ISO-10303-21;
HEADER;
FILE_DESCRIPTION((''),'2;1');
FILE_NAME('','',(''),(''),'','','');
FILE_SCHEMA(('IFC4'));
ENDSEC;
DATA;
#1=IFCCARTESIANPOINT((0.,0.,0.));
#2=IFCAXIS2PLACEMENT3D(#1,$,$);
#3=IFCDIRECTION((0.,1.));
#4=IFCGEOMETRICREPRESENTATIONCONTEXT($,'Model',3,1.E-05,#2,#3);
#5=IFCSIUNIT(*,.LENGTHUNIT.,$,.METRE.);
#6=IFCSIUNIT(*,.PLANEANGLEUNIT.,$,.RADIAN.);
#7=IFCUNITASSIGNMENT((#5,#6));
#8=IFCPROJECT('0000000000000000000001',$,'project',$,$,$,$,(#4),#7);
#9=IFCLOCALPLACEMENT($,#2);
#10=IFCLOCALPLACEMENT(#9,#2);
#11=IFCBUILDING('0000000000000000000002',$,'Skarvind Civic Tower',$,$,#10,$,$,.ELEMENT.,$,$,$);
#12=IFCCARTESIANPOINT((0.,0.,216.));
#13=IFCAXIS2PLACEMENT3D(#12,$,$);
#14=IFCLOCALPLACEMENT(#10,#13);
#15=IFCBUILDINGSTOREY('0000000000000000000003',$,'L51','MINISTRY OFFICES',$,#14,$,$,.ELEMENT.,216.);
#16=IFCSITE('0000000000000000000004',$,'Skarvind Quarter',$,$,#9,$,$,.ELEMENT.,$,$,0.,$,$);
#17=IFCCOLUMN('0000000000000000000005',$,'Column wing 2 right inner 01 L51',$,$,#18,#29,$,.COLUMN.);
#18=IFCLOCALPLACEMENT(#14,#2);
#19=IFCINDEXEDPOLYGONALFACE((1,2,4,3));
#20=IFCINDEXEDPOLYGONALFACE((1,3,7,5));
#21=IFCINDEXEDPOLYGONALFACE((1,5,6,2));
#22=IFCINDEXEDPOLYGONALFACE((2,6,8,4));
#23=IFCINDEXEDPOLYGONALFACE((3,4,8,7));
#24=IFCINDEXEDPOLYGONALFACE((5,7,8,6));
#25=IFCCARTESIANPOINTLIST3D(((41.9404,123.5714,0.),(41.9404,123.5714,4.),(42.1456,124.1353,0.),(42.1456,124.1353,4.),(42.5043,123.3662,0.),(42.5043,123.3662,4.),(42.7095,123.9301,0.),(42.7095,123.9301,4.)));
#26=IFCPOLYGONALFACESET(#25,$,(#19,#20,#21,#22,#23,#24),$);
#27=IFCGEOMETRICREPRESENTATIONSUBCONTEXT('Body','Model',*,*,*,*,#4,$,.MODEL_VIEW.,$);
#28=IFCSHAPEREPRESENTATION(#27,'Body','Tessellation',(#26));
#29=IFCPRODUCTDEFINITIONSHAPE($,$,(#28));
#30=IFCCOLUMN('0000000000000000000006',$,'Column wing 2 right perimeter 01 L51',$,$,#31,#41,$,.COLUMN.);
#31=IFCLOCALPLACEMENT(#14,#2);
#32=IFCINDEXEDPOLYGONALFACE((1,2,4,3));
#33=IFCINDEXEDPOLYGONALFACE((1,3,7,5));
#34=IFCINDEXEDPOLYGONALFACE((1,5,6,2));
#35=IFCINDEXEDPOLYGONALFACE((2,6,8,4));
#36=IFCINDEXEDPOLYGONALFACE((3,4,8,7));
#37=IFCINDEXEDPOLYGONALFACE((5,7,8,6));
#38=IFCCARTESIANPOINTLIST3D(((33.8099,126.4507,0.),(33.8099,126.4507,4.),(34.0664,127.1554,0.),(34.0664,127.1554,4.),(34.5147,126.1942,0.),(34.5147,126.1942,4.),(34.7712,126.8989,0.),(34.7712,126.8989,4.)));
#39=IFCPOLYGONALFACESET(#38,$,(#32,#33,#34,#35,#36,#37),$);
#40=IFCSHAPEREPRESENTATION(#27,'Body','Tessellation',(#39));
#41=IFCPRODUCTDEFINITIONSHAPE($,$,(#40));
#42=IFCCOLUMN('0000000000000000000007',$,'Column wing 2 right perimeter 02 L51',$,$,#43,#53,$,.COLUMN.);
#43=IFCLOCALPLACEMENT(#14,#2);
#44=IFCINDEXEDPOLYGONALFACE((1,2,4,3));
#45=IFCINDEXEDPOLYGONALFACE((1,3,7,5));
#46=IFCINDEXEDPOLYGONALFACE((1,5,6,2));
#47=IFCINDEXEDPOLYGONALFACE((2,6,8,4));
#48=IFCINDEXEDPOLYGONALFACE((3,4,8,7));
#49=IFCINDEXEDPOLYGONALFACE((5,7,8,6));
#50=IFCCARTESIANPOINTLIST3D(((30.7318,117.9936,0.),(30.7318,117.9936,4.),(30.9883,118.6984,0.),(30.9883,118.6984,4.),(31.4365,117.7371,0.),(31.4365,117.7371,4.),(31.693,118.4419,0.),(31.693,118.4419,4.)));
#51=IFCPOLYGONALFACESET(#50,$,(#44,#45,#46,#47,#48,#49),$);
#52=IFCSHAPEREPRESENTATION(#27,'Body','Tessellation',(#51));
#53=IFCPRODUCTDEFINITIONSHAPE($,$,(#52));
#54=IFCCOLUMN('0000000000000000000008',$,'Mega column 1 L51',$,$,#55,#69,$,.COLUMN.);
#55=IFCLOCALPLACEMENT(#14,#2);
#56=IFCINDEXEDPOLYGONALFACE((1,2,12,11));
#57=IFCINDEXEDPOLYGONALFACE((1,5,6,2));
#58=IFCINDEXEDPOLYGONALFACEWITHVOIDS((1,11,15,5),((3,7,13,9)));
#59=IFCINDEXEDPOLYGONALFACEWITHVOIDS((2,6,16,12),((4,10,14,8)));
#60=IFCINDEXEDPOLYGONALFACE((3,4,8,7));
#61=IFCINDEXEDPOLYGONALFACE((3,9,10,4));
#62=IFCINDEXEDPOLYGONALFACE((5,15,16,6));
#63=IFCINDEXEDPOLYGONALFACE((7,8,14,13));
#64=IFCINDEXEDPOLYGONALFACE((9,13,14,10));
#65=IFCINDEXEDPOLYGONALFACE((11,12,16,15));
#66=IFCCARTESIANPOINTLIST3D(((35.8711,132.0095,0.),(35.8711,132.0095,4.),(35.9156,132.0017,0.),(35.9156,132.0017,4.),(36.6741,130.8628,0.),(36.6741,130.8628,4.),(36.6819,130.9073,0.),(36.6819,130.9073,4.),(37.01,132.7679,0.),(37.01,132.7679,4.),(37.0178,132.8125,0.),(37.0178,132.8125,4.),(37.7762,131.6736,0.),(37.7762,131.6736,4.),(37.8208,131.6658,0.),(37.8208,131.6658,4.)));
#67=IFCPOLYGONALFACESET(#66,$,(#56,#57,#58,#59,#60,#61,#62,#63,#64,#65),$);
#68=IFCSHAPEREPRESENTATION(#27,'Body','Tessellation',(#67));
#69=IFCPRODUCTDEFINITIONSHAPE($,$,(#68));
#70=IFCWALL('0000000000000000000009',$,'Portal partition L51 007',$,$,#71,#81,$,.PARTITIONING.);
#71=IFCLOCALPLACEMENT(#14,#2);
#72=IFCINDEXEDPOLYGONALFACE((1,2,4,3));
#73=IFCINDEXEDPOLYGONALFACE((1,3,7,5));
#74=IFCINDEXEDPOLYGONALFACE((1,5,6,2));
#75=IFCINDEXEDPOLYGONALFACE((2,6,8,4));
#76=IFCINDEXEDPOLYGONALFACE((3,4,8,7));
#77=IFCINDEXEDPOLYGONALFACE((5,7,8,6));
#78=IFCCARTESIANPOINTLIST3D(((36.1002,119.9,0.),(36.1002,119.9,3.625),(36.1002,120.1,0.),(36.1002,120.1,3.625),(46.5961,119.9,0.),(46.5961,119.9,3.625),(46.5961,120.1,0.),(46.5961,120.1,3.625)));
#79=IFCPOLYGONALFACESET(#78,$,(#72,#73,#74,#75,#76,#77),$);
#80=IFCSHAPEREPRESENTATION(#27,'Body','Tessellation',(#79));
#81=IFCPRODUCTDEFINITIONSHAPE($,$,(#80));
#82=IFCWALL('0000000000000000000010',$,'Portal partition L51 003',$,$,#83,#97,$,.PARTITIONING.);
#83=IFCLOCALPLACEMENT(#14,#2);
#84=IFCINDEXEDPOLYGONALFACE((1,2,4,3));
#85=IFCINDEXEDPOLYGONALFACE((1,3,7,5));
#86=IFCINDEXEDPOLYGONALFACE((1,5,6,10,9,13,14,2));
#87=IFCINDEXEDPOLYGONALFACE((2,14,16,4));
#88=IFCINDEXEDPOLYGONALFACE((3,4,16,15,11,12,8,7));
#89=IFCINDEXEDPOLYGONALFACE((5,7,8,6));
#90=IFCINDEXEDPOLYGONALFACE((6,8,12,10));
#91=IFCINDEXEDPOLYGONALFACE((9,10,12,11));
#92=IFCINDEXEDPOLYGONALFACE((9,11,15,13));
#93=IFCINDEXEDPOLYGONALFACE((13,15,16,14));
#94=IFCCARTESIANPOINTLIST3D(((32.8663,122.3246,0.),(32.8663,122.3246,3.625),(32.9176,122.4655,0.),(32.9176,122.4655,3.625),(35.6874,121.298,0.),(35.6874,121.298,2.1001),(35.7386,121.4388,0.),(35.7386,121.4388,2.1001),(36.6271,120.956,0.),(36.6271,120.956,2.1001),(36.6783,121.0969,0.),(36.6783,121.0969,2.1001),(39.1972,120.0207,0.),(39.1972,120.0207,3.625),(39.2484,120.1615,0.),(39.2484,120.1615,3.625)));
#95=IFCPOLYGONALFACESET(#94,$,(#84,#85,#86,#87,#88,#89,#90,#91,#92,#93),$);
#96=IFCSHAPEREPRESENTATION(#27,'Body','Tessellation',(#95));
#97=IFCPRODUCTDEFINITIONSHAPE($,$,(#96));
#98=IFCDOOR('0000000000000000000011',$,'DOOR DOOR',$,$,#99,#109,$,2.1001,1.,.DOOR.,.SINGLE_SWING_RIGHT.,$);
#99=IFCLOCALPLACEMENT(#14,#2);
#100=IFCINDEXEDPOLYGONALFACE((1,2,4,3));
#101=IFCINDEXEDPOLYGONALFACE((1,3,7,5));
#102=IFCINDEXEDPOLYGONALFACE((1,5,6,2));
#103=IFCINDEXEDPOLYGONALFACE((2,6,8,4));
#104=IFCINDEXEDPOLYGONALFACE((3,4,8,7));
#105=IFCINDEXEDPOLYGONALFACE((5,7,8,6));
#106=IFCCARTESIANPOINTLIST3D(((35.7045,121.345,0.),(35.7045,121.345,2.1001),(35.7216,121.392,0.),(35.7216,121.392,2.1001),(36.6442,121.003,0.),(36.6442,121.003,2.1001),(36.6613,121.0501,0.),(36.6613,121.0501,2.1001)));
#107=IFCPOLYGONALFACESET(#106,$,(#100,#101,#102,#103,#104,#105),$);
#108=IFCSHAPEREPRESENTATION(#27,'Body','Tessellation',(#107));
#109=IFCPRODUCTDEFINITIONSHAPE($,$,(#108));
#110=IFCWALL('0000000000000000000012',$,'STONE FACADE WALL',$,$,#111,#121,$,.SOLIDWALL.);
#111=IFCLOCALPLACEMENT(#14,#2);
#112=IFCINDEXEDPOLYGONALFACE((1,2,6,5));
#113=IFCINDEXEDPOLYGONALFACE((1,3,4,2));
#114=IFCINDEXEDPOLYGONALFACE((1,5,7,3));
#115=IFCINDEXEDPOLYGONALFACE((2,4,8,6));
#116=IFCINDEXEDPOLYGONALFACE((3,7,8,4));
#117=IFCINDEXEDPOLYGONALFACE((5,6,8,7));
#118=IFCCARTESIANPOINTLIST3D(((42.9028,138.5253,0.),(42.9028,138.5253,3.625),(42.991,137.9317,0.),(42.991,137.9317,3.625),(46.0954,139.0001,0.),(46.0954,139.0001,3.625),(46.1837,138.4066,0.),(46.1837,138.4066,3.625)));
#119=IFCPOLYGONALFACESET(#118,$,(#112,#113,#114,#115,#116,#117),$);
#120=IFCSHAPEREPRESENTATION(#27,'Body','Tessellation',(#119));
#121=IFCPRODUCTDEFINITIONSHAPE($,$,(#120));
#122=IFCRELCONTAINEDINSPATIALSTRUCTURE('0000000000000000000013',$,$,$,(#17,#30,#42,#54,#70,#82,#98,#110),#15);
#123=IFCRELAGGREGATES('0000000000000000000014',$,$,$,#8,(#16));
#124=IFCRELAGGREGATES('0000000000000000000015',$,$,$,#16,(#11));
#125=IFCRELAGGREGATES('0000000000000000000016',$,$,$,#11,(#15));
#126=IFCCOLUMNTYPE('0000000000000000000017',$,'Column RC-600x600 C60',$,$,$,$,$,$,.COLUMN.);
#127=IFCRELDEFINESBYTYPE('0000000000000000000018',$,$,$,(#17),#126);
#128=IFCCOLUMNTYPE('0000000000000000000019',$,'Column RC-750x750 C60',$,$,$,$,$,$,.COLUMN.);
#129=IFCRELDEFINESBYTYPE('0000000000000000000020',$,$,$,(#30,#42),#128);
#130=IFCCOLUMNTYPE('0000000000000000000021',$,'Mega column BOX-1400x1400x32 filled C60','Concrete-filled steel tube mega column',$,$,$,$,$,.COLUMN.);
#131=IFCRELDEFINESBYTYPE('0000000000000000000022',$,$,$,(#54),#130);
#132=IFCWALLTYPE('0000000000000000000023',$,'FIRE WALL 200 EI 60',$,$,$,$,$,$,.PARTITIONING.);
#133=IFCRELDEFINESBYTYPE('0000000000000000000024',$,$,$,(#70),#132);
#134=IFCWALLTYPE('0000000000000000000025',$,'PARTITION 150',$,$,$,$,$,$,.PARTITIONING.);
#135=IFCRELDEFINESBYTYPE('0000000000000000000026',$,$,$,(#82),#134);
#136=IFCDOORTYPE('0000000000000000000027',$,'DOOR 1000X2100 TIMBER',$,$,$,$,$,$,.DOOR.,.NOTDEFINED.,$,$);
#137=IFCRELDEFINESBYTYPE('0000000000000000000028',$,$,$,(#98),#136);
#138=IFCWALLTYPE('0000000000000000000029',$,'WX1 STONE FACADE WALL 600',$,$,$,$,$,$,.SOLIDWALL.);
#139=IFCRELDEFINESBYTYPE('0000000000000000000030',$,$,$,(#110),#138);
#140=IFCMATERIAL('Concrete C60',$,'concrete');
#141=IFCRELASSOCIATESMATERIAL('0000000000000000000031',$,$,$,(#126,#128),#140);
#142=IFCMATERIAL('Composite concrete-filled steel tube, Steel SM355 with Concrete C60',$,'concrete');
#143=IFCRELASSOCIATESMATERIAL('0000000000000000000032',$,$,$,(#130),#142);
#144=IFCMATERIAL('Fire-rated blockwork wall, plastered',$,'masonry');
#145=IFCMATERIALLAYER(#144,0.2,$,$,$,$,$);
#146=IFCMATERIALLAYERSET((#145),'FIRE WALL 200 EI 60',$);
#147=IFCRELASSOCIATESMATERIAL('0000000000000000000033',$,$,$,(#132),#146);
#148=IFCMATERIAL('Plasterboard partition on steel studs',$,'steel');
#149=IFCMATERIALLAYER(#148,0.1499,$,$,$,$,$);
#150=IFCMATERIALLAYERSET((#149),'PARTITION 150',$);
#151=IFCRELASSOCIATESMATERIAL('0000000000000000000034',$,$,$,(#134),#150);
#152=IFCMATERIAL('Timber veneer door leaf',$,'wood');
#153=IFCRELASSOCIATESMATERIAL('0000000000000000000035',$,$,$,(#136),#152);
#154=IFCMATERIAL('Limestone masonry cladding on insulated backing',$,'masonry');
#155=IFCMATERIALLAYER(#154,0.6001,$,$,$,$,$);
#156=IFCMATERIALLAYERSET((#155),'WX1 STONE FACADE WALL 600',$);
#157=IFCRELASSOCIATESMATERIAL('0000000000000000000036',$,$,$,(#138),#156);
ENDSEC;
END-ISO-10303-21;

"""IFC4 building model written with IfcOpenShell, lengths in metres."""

from ifc_helpers import new_model, si_unit, direction, frame, frame_2d, origin, origin_2d, place, context, subcontext, project, spatial, rectangle, hollow_rectangle, extrude, material, layer, layer_set, material_profile, profile_set, type_object, element, fill, save


model = new_model("IFC4")

# Units and contexts
model_context = context("Model", 3, precision=1e-05, world=origin(), true_north=direction((0.0, 1.0)))
body_context = subcontext(model_context, "Body", "Model", "MODEL_VIEW")
ifc_project = project(units=[si_unit("LENGTHUNIT", "METRE"), si_unit("PLANEANGLEUNIT", "RADIAN")], contexts=[model_context])

# Site, building, storey
site_placement = place(None, origin())
site = spatial("IfcSite", under=ifc_project, at=site_placement, Name="Skarvind Quarter", CompositionType="ELEMENT", RefElevation=0.0)
building_placement = place(site_placement, origin())
building = spatial("IfcBuilding", under=site, at=building_placement, Name="Skarvind Civic Tower", CompositionType="ELEMENT")
storey_placement = place(building_placement, frame((0.0, 0.0, 216.0)))
storey = spatial("IfcBuildingStorey", under=building, at=storey_placement, Name="L51", Description="MINISTRY OFFICES", CompositionType="ELEMENT", Elevation=216.0)

# Columns
ifc_material_1 = material(Name="Concrete C60", Category="concrete")
ifc_material_profile_1 = material_profile(ifc_material_1, rectangle(XDim=0.6001, YDim=0.6001, at=origin_2d()), Name="RC-600x600")
ifc_profile_set_1 = profile_set([ifc_material_profile_1], Name="Concrete C60")
column_type_1 = type_object("IfcColumnType", Name="Column RC-600x600 C60", PredefinedType="COLUMN", material=ifc_profile_set_1)
column_1_placement = place(storey_placement, frame((42.325, 123.7507, 0.0), z_axis=(0.0, 0.0, 1.0), x_axis=(-0.34202, -0.939693, 0.0)))
element("IfcColumn", 1, at=column_1_placement, inside=storey, type_object=column_type_1, Name="Column wing 2 right inner 01 L51", PredefinedType="COLUMN", context=body_context, shape_type="SweptSolid", body=[
    extrude(rectangle(XDim=0.6001, YDim=0.6001, at=origin_2d()), origin(), (0.0, 0.0, 1.0), 4.0),
])
ifc_material_profile_2 = material_profile(ifc_material_1, rectangle(XDim=0.75, YDim=0.75, at=origin_2d()), Name="RC-750x750")
ifc_profile_set_2 = profile_set([ifc_material_profile_2], Name="Concrete C60")
column_type_2 = type_object("IfcColumnType", Name="Column RC-750x750 C60", PredefinedType="COLUMN", material=ifc_profile_set_2)
for number, where, z_axis, x_axis, name in (
    (2, (34.2905, 126.6748, 0.0), (0.0, 0.0, 1.0), (-0.34202, -0.939693, 0.0), "Column wing 2 right perimeter 01 L51"),
    (3, (31.2124, 118.2178, 0.0), (0.0, 0.0, 1.0), (-0.34202, -0.939693, 0.0), "Column wing 2 right perimeter 02 L51"),
):
    element("IfcColumn", number, at=place(storey_placement, frame(where, z_axis=z_axis, x_axis=x_axis)), inside=storey, type_object=column_type_2, Name=name, PredefinedType="COLUMN", context=body_context, shape_type="SweptSolid", body=[
        extrude(rectangle(XDim=0.75, YDim=0.75, at=origin_2d()), origin(), (0.0, 0.0, 1.0), 4.0),
    ])
ifc_material_2 = material(Name="Composite concrete-filled steel tube, Steel SM355 with Concrete C60", Category="concrete")
ifc_material_profile_3 = material_profile(ifc_material_2, hollow_rectangle(XDim=1.3999, YDim=1.3999, WallThickness=0.032, at=origin_2d()), Name="BOX-1400x1400x32")
ifc_profile_set_3 = profile_set([ifc_material_profile_3], Name="Composite concrete-filled steel tube, Steel SM355 with Concrete C60")
column_type_3 = type_object("IfcColumnType", Name="Mega column BOX-1400x1400x32 filled C60", Description="Concrete-filled steel tube mega column", PredefinedType="COLUMN", material=ifc_profile_set_3)
column_2_placement = place(storey_placement, frame((36.8459, 131.8376, 0.0), z_axis=(0.0, 0.0, 1.0), x_axis=(0.573576, -0.819152, 0.0)))
element("IfcColumn", 4, at=column_2_placement, inside=storey, type_object=column_type_3, Name="Mega column 1 L51", PredefinedType="COLUMN", context=body_context, shape_type="SweptSolid", body=[
    extrude(hollow_rectangle(XDim=1.3999, YDim=1.3999, WallThickness=0.032, at=origin_2d()), origin(), (0.0, 0.0, 1.0), 4.0),
])

# Wall
ifc_material_3 = material(Name="Fire-rated blockwork wall, plastered", Category="masonry")
ifc_layer_1 = layer(ifc_material_3, 0.2)
ifc_layer_set_1 = layer_set([ifc_layer_1], Name="FIRE WALL 200 EI 60")
wall_type_1 = type_object("IfcWallType", Name="FIRE WALL 200 EI 60", PredefinedType="PARTITIONING", material=ifc_layer_set_1)
wall_1_placement = place(storey_placement, frame((36.1001, 120.0, 0.0), z_axis=(0.0, 0.0, 1.0), x_axis=(1.0, 0.0, 0.0)))
element("IfcWall", 5, at=wall_1_placement, inside=storey, type_object=wall_type_1, Name="Portal partition L51 007", PredefinedType="PARTITIONING", context=body_context, shape_type="SweptSolid", body=[
    extrude(rectangle(XDim=10.4958, YDim=0.2, at=frame_2d((5.248, 0.0))), origin(), (0.0, 0.0, 1.0), 3.625),
])

# Wall, opening, door
ifc_material_4 = material(Name="Plasterboard partition on steel studs", Category="steel")
ifc_layer_2 = layer(ifc_material_4, 0.1499)
ifc_layer_set_2 = layer_set([ifc_layer_2], Name="PARTITION 150")
wall_type_2 = type_object("IfcWallType", Name="PARTITION 150", PredefinedType="PARTITIONING", material=ifc_layer_set_2)
wall_2_placement = place(storey_placement, frame((39.2229, 120.0911, 0.0), z_axis=(0.0, 0.0, 1.0), x_axis=(-0.939706, 0.341985, 0.0)))
wall_2 = element("IfcWall", 6, at=wall_2_placement, inside=storey, type_object=wall_type_2, Name="Portal partition L51 003", PredefinedType="PARTITIONING", context=body_context, shape_type="SweptSolid", body=[
    extrude(rectangle(XDim=6.7371, YDim=0.1499, at=frame_2d((3.3687, 0.0))), origin(), (0.0, 0.0, 1.0), 3.625),
])
opening_1_placement = place(wall_2_placement, frame((2.7351, 0.0, 0.0)))
opening_1 = element("IfcOpeningElement", 7, at=opening_1_placement, cuts=wall_2, PredefinedType="OPENING", context=body_context, shape_type="SweptSolid", body=[
    extrude(rectangle(XDim=1.0, YDim=2.1001, at=frame_2d((0.5, 1.05))), frame((0.0, 0.085, 0.0), z_axis=(0.0, -1.0, 0.0), x_axis=(1.0, 0.0, 0.0)), (0.0, 0.0, 1.0), 0.1699),
])
ifc_material_5 = material(Name="Timber veneer door leaf", Category="wood")
door_type = type_object("IfcDoorType", Name="DOOR 1000X2100 TIMBER", OperationType="NOTDEFINED", PredefinedType="DOOR", material=ifc_material_5)
door_placement = place(opening_1_placement, origin())
door = element("IfcDoor", 8, at=door_placement, inside=storey, type_object=door_type, Name="DOOR DOOR", OperationType="SINGLE_SWING_RIGHT", OverallHeight=2.1001, OverallWidth=1.0, PredefinedType="DOOR", context=body_context, shape_type="SweptSolid", body=[
    extrude(rectangle(XDim=1.0, YDim=2.1001, at=frame_2d((0.5, 1.05))), frame((0.0, 0.0249, 0.0), z_axis=(0.0, -1.0, 0.0), x_axis=(1.0, 0.0, 0.0)), (0.0, 0.0, 1.0), 0.05),
])
fill(opening_1, door)

# Wall
ifc_material_6 = material(Name="Limestone masonry cladding on insulated backing", Category="masonry")
ifc_layer_3 = layer(ifc_material_6, 0.6001)
ifc_layer_set_3 = layer_set([ifc_layer_3], Name="WX1 STONE FACADE WALL 600")
wall_type_3 = type_object("IfcWallType", Name="WX1 STONE FACADE WALL 600", PredefinedType="SOLIDWALL", material=ifc_layer_set_3)
wall_3_placement = place(storey_placement, frame((42.947, 138.2285, 0.0), z_axis=(0.0, 0.0, 1.0), x_axis=(0.989119, 0.147116, 0.0)))
element("IfcWall", 9, at=wall_3_placement, inside=storey, type_object=wall_type_3, Name="STONE FACADE WALL", PredefinedType="SOLIDWALL", context=body_context, shape_type="SweptSolid", body=[
    extrude(rectangle(XDim=3.2278, YDim=0.6001, at=frame_2d((1.6138, 0.0))), origin(), (0.0, 0.0, 1.0), 3.625),
])

save(model, "model.ifc")
